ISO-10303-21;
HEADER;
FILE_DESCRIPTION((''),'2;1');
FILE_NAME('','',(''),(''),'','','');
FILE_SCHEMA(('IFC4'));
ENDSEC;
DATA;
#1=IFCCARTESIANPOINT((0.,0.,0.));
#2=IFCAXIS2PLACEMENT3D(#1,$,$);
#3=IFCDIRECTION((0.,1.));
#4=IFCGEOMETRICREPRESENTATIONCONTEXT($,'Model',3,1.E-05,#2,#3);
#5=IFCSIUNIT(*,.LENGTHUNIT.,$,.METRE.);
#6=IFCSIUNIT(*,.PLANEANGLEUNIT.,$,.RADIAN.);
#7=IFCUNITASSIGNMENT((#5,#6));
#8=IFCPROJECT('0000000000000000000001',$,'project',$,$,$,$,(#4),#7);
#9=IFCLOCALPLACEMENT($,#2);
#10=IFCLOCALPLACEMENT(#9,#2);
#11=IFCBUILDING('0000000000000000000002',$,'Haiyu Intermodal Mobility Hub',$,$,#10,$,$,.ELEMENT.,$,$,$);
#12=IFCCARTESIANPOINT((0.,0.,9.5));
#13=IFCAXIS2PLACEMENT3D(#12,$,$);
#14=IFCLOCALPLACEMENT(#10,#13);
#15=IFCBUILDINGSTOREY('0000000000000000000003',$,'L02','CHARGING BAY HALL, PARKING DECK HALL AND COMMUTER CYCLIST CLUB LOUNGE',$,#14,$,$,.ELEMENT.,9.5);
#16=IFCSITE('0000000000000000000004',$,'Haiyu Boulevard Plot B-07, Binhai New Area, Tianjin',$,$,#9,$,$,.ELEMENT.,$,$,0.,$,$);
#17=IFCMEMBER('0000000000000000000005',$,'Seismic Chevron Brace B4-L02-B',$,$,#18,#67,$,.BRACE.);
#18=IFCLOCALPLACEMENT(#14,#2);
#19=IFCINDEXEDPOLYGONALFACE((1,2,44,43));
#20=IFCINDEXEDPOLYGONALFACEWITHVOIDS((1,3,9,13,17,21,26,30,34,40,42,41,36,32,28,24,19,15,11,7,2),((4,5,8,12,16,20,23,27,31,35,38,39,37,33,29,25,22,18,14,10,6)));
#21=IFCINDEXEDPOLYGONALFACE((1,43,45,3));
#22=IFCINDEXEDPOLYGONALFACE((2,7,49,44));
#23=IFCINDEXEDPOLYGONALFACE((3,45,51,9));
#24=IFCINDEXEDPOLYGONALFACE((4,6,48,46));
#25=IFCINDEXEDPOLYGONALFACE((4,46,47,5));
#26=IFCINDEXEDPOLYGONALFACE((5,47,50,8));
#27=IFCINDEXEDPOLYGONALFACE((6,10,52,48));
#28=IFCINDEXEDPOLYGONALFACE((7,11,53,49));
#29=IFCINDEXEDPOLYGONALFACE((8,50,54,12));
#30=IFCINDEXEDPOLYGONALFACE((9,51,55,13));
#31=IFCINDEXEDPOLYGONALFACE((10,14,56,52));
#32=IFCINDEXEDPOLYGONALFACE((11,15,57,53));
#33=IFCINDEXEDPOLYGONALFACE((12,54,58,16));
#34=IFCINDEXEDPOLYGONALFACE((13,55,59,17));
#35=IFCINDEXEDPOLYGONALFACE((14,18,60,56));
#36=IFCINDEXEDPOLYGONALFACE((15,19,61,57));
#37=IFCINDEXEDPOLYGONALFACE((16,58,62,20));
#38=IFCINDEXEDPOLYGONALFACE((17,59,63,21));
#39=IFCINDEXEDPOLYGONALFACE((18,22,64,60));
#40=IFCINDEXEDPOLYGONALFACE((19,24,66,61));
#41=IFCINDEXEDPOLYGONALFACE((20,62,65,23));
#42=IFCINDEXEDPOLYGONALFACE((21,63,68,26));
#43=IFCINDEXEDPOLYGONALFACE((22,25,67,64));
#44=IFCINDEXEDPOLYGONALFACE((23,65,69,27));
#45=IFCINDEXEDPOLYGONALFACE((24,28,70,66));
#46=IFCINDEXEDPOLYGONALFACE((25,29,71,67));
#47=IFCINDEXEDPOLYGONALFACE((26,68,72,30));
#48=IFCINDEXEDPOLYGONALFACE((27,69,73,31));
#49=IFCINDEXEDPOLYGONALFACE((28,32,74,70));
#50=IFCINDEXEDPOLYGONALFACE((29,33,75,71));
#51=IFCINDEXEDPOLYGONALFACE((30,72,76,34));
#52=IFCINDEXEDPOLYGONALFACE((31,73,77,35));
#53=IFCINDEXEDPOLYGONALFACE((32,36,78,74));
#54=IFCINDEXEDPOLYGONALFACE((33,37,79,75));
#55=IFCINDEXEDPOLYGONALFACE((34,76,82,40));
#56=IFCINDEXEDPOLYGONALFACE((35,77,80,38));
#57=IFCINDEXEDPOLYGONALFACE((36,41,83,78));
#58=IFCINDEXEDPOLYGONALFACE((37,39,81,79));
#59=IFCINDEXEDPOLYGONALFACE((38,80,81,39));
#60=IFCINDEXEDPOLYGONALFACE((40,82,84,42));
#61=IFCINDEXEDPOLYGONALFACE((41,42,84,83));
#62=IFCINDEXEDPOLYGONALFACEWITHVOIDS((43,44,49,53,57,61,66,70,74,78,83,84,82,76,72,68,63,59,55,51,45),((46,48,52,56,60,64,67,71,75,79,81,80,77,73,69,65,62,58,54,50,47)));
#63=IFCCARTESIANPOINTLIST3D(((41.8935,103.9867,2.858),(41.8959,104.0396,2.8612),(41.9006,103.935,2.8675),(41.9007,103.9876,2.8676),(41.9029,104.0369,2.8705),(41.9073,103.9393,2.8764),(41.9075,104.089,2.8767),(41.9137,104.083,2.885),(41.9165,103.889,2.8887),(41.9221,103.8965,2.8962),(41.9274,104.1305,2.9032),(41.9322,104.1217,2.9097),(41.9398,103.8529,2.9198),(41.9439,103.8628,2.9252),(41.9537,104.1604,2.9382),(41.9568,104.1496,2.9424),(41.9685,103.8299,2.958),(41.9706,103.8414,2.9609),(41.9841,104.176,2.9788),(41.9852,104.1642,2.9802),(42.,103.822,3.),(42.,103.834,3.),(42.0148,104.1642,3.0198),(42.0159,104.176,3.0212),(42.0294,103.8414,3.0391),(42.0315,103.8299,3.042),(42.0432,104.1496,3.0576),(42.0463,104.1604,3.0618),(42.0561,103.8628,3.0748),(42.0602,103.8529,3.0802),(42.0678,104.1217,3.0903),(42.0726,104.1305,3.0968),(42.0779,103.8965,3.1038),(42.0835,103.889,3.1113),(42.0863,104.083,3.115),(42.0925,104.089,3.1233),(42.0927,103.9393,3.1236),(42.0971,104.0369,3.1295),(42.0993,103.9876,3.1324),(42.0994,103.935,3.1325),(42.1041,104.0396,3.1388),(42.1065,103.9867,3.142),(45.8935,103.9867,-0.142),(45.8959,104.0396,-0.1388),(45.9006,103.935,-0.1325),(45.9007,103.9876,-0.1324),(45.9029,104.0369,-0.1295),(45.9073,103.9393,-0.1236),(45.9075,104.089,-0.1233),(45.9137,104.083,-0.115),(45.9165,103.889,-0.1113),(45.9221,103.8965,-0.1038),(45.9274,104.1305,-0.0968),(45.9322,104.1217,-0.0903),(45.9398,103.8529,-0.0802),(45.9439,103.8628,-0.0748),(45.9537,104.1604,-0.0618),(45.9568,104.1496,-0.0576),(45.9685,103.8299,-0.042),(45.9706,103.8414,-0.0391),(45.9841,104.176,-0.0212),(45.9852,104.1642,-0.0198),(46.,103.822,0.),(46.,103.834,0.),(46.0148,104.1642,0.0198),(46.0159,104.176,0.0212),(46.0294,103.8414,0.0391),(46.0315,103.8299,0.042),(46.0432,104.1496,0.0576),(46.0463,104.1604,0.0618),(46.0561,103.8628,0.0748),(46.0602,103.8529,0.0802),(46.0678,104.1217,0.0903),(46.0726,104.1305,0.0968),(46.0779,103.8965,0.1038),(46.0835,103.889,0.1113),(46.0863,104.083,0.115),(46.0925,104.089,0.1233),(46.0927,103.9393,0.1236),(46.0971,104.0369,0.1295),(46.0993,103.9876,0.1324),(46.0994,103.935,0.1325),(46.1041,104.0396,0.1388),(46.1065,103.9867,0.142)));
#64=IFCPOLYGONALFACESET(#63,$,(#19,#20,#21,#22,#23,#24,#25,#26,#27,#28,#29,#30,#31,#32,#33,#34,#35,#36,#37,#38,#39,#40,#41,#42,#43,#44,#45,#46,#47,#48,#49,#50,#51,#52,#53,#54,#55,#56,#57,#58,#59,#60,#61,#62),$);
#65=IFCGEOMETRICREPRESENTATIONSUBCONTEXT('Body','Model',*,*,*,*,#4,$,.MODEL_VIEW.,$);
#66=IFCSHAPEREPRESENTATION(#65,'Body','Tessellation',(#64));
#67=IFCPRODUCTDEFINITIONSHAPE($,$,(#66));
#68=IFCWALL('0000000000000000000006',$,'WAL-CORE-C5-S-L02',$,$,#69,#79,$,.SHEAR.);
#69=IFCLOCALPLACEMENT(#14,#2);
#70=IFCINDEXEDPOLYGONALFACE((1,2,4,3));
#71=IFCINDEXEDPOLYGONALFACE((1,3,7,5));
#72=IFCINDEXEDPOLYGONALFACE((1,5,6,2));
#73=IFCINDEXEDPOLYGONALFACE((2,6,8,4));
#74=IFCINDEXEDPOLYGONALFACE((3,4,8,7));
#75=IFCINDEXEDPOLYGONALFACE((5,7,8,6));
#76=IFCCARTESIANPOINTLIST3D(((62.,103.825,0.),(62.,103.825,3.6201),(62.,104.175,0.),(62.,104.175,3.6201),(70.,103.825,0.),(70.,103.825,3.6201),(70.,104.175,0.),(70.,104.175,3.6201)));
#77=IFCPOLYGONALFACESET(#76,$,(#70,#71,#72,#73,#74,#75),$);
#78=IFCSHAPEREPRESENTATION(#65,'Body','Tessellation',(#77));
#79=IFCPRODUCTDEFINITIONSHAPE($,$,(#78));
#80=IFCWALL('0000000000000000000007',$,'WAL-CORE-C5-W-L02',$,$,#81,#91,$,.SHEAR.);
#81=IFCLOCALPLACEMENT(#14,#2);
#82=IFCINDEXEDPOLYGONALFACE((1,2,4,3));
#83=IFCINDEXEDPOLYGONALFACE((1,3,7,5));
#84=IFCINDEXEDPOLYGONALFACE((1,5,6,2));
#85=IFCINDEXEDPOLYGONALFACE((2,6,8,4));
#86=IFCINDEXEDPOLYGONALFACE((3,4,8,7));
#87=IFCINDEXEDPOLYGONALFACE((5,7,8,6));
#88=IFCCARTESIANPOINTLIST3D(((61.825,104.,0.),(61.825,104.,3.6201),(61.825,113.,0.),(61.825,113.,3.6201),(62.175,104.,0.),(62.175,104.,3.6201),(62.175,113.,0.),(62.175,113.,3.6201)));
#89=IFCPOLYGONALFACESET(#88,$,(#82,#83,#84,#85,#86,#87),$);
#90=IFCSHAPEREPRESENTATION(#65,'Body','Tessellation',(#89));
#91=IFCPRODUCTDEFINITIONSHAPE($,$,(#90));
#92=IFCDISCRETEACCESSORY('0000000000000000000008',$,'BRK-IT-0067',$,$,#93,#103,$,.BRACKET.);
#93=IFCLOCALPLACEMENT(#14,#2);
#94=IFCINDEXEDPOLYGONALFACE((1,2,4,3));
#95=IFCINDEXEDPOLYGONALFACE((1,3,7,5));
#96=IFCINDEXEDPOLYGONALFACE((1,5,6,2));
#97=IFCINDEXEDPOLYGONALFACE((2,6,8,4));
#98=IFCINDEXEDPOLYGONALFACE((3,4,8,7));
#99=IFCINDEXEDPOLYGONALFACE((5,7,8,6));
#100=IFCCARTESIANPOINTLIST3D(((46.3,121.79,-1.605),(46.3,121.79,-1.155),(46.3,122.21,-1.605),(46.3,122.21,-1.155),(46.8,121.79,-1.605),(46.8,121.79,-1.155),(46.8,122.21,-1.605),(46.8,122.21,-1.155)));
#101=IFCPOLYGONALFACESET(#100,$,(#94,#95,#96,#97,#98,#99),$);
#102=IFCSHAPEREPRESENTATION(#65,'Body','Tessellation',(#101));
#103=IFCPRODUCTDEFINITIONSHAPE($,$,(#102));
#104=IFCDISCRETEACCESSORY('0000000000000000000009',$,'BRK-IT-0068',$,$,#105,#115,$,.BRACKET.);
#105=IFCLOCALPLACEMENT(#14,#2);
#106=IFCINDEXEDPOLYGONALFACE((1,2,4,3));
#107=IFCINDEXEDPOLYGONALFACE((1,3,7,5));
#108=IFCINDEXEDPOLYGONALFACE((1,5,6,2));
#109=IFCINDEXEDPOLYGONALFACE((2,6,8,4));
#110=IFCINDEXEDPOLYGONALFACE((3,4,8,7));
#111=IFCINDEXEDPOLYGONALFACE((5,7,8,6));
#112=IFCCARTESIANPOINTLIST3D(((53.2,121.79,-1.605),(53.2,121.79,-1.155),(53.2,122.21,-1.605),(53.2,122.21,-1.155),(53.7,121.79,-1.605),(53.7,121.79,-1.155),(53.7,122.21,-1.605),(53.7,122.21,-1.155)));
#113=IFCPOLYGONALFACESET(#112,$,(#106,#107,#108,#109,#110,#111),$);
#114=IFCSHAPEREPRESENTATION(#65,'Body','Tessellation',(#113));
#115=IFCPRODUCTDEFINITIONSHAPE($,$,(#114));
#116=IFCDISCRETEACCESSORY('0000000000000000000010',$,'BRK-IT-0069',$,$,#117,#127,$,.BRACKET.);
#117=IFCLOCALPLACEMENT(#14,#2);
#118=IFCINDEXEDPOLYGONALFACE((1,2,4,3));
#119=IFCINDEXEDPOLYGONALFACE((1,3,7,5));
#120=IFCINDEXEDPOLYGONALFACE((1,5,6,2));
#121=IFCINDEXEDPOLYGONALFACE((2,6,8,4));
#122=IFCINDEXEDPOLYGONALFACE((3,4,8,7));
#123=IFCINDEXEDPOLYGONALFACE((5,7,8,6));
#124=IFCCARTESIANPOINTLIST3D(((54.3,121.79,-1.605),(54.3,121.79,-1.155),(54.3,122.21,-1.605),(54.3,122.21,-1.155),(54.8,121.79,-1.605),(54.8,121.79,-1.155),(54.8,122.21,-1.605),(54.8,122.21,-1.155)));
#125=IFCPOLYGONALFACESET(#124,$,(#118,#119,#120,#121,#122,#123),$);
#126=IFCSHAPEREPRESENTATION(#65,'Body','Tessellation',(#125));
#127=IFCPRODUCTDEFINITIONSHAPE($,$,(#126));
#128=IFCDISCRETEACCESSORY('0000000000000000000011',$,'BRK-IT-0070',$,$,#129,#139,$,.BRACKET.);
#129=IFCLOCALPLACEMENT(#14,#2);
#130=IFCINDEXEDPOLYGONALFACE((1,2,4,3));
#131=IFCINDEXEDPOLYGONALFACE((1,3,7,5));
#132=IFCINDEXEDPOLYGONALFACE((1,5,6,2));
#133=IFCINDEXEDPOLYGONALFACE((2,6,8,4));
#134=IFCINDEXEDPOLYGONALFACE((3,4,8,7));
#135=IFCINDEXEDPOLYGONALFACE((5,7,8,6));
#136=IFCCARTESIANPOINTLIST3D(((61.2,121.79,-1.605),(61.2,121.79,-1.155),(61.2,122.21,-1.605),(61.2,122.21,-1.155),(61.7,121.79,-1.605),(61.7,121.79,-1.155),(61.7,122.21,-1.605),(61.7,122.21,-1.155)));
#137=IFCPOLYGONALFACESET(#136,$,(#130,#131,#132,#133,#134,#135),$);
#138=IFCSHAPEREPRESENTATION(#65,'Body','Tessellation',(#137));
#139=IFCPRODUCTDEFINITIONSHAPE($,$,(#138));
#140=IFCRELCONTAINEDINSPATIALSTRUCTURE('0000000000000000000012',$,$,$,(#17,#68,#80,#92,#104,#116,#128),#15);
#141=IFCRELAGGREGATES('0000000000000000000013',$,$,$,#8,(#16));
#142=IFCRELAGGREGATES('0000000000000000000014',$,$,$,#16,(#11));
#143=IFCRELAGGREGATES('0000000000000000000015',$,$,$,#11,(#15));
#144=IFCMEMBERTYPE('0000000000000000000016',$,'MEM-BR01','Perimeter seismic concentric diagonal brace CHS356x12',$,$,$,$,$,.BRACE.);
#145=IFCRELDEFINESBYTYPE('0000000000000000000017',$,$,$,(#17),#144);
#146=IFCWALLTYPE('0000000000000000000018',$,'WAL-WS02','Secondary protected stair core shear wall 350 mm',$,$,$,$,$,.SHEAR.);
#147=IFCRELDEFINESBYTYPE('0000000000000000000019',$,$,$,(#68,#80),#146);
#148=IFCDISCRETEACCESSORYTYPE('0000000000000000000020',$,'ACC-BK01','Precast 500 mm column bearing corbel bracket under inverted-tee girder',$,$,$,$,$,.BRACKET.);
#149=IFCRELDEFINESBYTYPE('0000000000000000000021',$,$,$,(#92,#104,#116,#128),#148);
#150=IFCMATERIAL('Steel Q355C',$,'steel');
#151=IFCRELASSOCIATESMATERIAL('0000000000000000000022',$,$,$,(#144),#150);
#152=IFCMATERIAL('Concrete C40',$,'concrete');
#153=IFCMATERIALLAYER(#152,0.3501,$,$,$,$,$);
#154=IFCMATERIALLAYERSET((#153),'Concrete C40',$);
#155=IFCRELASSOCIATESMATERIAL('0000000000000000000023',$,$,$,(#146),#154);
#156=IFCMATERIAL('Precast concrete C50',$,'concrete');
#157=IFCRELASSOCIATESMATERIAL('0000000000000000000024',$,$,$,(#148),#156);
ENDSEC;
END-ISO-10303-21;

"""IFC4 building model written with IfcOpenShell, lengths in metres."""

from ifc_helpers import new_model, si_unit, direction, frame, frame_2d, origin, origin_2d, place, context, subcontext, project, spatial, rectangle, hollow_circle, extrude, material, layer, layer_set, material_profile, profile_set, type_object, element, save


model = new_model("IFC4")

# Units and contexts
model_context = context("Model", 3, precision=1e-05, world=origin(), true_north=direction((0.0, 1.0)))
body_context = subcontext(model_context, "Body", "Model", "MODEL_VIEW")
ifc_project = project(units=[si_unit("LENGTHUNIT", "METRE"), si_unit("PLANEANGLEUNIT", "RADIAN")], contexts=[model_context])

# Site, building, storey
site_placement = place(None, origin())
site = spatial("IfcSite", under=ifc_project, at=site_placement, Name="Haiyu Boulevard Plot B-07, Binhai New Area, Tianjin", CompositionType="ELEMENT", RefElevation=0.0)
building_placement = place(site_placement, origin())
building = spatial("IfcBuilding", under=site, at=building_placement, Name="Haiyu Intermodal Mobility Hub", CompositionType="ELEMENT")
storey_placement = place(building_placement, frame((0.0, 0.0, 9.5)))
storey = spatial("IfcBuildingStorey", under=building, at=storey_placement, Name="L02", Description="CHARGING BAY HALL, PARKING DECK HALL AND COMMUTER CYCLIST CLUB LOUNGE", CompositionType="ELEMENT", Elevation=9.5)

# Shared definitions
ifc_material_1 = material(Name="Concrete C40", Category="concrete")
ifc_material_2 = material(Name="Precast concrete C50", Category="concrete")
ifc_material_3 = material(Name="Steel Q355C", Category="steel")

# Member
ifc_material_profile_1 = material_profile(ifc_material_3, hollow_circle(Radius=0.178, WallThickness=0.012, at=origin_2d()), Name="CHS356x12")
ifc_profile_set_1 = profile_set([ifc_material_profile_1], Name="Steel Q355C")
member_type = type_object("IfcMemberType", Name="MEM-BR01", Description="Perimeter seismic concentric diagonal brace CHS356x12", PredefinedType="BRACE", material=ifc_profile_set_1)
member_placement = place(storey_placement, frame((46.0, 104.0, 0.0), z_axis=(-0.8, 0.0, 0.6), x_axis=(0.0, -1.0, 0.0)))
element("IfcMember", 1, at=member_placement, inside=storey, type_object=member_type, Name="Seismic Chevron Brace B4-L02-B", PredefinedType="BRACE", context=body_context, shape_type="SweptSolid", body=[
    extrude(hollow_circle(Radius=0.178, WallThickness=0.012, at=origin_2d()), origin(), (0.0, 0.0, 1.0), 5.0),
])

# Walls
ifc_layer = layer(ifc_material_1, 0.3501)
ifc_layer_set = layer_set([ifc_layer], Name="Concrete C40")
wall_type = type_object("IfcWallType", Name="WAL-WS02", Description="Secondary protected stair core shear wall 350 mm", PredefinedType="SHEAR", material=ifc_layer_set)
wall_1_placement = place(storey_placement, frame((62.0, 104.0, 0.0), z_axis=(0.0, 0.0, 1.0), x_axis=(1.0, 0.0, 0.0)))
element("IfcWall", 2, at=wall_1_placement, inside=storey, type_object=wall_type, Name="WAL-CORE-C5-S-L02", PredefinedType="SHEAR", context=body_context, shape_type="SweptSolid", body=[
    extrude(rectangle(XDim=8.0, YDim=0.3501, at=frame_2d((4.0, 0.0))), origin(), (0.0, 0.0, 1.0), 3.6201),
])
wall_2_placement = place(storey_placement, frame((62.0, 113.0, 0.0), z_axis=(0.0, 0.0, 1.0), x_axis=(0.0, -1.0, 0.0)))
element("IfcWall", 3, at=wall_2_placement, inside=storey, type_object=wall_type, Name="WAL-CORE-C5-W-L02", PredefinedType="SHEAR", context=body_context, shape_type="SweptSolid", body=[
    extrude(rectangle(XDim=9.0, YDim=0.3501, at=frame_2d((4.5, 0.0))), origin(), (0.0, 0.0, 1.0), 3.6201),
])

# Discrete accessories
discrete_accessory_type = type_object("IfcDiscreteAccessoryType", Name="ACC-BK01", Description="Precast 500 mm column bearing corbel bracket under inverted-tee girder", PredefinedType="BRACKET", material=ifc_material_2)
for number, where, z_axis, x_axis, name in (
    (4, (46.55, 122.0, -1.605), (0.0, 0.0, 1.0), (1.0, 0.0, 0.0), "BRK-IT-0067"),
    (5, (53.45, 122.0, -1.605), (0.0, 0.0, 1.0), (1.0, 0.0, 0.0), "BRK-IT-0068"),
    (6, (54.55, 122.0, -1.605), (0.0, 0.0, 1.0), (1.0, 0.0, 0.0), "BRK-IT-0069"),
    (7, (61.45, 122.0, -1.605), (0.0, 0.0, 1.0), (1.0, 0.0, 0.0), "BRK-IT-0070"),
):
    element("IfcDiscreteAccessory", number, at=place(storey_placement, frame(where, z_axis=z_axis, x_axis=x_axis)), inside=storey, type_object=discrete_accessory_type, Name=name, PredefinedType="BRACKET", context=body_context, shape_type="SweptSolid", body=[
        extrude(rectangle(XDim=0.5, YDim=0.4199, at=origin_2d()), origin(), (0.0, 0.0, 1.0), 0.45),
    ])

save(model, "model.ifc")
